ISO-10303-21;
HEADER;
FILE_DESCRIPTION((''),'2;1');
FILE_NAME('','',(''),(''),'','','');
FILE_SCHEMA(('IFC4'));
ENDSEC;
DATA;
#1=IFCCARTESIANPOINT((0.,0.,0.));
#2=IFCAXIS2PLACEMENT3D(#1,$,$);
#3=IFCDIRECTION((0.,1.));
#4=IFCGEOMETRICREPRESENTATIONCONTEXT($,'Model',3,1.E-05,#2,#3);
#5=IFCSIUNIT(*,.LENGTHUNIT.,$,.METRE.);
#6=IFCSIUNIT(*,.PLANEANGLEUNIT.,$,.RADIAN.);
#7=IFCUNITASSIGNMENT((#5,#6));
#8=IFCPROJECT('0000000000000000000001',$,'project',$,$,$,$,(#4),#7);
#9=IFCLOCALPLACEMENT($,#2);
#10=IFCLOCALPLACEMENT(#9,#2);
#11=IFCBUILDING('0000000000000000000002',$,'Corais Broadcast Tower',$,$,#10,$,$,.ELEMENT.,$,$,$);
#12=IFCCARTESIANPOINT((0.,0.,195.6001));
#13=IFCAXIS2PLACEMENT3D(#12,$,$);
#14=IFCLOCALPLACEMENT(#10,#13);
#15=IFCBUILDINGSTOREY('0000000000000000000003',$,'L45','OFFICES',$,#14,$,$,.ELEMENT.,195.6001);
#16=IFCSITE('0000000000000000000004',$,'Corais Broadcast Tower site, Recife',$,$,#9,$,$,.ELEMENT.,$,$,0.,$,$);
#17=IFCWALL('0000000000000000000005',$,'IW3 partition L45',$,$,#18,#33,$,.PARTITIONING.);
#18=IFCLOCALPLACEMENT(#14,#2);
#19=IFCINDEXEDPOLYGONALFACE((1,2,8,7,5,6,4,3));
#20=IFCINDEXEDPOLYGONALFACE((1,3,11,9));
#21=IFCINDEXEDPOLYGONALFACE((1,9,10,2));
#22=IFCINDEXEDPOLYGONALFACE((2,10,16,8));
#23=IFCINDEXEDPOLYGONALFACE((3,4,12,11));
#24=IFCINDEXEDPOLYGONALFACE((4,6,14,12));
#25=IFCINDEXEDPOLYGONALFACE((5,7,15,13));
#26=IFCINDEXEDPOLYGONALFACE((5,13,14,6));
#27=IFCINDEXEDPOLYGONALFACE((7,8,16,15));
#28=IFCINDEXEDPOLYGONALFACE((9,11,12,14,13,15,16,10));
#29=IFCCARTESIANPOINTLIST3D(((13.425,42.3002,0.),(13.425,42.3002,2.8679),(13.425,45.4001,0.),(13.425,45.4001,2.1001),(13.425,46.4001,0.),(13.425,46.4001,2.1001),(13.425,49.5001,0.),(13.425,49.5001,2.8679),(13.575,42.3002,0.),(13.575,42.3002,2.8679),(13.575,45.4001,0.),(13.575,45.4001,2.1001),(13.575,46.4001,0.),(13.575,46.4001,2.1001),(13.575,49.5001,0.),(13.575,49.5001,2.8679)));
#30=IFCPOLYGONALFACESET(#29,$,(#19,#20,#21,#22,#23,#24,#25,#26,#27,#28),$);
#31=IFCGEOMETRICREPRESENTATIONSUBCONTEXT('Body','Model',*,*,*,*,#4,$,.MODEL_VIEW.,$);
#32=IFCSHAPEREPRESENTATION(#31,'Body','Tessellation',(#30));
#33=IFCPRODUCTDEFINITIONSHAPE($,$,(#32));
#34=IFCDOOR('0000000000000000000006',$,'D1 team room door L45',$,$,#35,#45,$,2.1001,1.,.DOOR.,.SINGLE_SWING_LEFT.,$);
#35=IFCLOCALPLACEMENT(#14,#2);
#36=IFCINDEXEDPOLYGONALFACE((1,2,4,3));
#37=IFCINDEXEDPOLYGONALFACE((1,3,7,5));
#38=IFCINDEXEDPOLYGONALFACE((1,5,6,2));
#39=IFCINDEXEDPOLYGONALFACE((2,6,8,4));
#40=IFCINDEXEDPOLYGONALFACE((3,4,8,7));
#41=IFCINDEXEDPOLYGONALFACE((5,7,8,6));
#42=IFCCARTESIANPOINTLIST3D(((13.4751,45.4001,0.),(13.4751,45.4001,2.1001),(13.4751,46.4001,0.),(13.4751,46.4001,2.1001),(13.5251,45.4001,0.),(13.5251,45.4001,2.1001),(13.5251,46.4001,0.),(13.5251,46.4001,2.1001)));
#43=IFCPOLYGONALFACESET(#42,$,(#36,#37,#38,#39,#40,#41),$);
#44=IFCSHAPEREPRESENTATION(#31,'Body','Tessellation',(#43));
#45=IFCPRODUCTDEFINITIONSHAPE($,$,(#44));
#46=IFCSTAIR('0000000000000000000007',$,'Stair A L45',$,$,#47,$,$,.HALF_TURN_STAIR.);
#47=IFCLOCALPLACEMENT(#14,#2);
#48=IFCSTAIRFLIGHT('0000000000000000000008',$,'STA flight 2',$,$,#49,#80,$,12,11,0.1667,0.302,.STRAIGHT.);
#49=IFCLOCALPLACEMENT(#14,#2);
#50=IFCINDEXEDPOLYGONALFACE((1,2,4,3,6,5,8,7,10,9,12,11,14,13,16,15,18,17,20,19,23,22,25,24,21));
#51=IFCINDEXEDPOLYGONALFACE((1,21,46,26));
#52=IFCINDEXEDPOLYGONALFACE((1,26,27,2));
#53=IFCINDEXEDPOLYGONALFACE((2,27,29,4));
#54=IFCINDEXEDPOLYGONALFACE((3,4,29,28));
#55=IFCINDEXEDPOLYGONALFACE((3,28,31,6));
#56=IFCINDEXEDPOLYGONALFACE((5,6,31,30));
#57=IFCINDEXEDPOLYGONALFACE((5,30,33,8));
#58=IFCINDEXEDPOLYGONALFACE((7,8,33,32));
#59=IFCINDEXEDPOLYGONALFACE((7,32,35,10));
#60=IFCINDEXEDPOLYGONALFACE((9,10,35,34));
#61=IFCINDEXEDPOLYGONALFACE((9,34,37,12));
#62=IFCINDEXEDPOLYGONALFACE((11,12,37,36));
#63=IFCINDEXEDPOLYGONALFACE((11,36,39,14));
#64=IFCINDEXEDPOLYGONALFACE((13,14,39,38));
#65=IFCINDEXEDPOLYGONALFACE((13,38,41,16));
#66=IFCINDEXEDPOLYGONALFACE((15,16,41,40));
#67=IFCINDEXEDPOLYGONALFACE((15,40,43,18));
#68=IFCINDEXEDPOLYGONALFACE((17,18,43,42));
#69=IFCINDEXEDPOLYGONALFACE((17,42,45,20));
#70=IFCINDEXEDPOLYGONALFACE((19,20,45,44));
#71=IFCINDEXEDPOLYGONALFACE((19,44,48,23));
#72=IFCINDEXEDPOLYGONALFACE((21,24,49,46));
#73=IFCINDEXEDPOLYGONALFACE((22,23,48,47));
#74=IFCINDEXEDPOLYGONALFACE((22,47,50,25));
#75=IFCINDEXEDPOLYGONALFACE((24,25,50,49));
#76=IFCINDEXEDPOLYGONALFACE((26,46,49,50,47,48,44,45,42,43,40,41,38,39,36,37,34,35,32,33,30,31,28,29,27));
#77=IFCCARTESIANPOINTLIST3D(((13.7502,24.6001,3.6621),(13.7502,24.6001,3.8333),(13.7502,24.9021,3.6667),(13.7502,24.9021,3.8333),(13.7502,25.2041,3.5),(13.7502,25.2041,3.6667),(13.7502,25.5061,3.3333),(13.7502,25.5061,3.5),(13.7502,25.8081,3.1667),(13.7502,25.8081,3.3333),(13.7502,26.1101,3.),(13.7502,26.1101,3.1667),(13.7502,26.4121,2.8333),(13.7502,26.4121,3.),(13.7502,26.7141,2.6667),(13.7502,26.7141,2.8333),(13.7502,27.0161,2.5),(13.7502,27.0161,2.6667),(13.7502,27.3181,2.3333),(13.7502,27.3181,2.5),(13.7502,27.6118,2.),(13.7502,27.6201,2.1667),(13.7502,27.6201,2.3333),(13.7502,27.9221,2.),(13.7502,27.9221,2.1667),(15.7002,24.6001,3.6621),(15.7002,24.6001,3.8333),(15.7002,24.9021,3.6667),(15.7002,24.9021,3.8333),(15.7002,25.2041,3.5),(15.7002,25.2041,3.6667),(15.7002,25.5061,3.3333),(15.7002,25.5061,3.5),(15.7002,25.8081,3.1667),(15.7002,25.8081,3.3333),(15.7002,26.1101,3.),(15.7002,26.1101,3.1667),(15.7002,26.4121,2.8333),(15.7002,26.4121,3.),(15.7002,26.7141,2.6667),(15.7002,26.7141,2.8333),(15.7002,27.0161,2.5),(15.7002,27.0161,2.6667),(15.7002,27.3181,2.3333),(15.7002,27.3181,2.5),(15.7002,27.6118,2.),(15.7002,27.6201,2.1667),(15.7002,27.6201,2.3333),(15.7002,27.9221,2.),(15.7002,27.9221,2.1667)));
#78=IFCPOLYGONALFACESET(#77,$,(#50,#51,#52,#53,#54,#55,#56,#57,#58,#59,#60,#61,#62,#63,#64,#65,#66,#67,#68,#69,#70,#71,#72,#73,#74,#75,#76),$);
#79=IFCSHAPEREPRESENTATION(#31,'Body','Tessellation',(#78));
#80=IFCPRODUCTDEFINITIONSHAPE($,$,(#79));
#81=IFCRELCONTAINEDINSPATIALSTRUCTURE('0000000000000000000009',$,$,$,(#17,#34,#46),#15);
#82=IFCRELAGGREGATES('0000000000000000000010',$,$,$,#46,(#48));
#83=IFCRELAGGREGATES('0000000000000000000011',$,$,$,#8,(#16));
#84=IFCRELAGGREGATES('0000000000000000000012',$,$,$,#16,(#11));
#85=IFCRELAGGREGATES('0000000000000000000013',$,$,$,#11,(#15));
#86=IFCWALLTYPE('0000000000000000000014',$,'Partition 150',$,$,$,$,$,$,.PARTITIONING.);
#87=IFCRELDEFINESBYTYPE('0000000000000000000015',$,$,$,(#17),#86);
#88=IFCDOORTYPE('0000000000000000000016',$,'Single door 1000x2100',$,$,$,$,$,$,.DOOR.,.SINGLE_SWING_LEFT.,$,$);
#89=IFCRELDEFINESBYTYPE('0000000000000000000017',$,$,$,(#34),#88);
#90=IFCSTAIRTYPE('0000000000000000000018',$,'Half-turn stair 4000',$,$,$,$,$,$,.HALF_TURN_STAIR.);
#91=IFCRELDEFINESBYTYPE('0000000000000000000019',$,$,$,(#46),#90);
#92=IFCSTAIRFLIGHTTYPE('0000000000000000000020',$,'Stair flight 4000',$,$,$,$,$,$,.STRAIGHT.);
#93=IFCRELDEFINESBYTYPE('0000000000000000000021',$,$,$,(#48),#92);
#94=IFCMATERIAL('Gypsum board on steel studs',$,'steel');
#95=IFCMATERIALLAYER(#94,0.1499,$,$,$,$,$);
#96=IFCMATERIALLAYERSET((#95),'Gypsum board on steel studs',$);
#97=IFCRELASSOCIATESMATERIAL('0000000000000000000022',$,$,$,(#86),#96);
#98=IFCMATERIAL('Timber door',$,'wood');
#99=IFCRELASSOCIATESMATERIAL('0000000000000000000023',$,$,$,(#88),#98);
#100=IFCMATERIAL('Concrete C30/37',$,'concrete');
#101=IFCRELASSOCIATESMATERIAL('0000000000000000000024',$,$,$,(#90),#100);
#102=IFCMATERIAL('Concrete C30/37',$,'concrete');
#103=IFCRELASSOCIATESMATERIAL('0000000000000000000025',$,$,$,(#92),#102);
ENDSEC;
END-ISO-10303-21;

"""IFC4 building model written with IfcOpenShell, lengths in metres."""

from ifc_helpers import new_model, si_unit, direction, frame, frame_2d, origin, place, context, subcontext, project, spatial, polyline, rectangle, outline, extrude, material, layer, layer_set, type_object, element, fill, aggregate, save


model = new_model("IFC4")

# Units and contexts
model_context = context("Model", 3, precision=1e-05, world=origin(), true_north=direction((0.0, 1.0)))
body_context = subcontext(model_context, "Body", "Model", "MODEL_VIEW")
ifc_project = project(units=[si_unit("LENGTHUNIT", "METRE"), si_unit("PLANEANGLEUNIT", "RADIAN")], contexts=[model_context])

# Site, building, storey
site_placement = place(None, origin())
site = spatial("IfcSite", under=ifc_project, at=site_placement, Name="Corais Broadcast Tower site, Recife", CompositionType="ELEMENT", RefElevation=0.0)
building_placement = place(site_placement, origin())
building = spatial("IfcBuilding", under=site, at=building_placement, Name="Corais Broadcast Tower", CompositionType="ELEMENT")
storey_placement = place(building_placement, frame((0.0, 0.0, 195.6001)))
storey = spatial("IfcBuildingStorey", under=building, at=storey_placement, Name="L45", Description="OFFICES", CompositionType="ELEMENT", Elevation=195.6001)

# Shared definitions
ifc_material_1 = material(Name="Gypsum board on steel studs", Category="steel")
ifc_layer_1 = layer(ifc_material_1, 0.1499)
ifc_layer_set_1 = layer_set([ifc_layer_1], Name="Gypsum board on steel studs")
wall_type_1 = type_object("IfcWallType", Name="Partition 150", PredefinedType="PARTITIONING", material=ifc_layer_set_1)
ifc_material_2 = material(Name="Timber door", Category="wood")
door_type_1 = type_object("IfcDoorType", Name="Single door 1000x2100", OperationType="SINGLE_SWING_LEFT", PredefinedType="DOOR", material=ifc_material_2)

# Wall, opening, door
wall_1_placement = place(storey_placement, frame((13.5, 42.3, 0.0), z_axis=(0.0, 0.0, 1.0), x_axis=(0.0, 1.0, 0.0)))
wall_1 = element("IfcWall", 1, at=wall_1_placement, inside=storey, type_object=wall_type_1, Name="IW3 partition L45", PredefinedType="PARTITIONING", context=body_context, shape_type="SweptSolid", body=[
    extrude(rectangle(XDim=7.2, YDim=0.1499, at=frame_2d((3.6001, 0.0))), origin(), (0.0, 0.0, 1.0), 2.8679),
])
opening_1_placement = place(wall_1_placement, frame((3.1001, 0.0, 0.0)))
opening_1 = element("IfcOpeningElement", 2, at=opening_1_placement, cuts=wall_1, PredefinedType="OPENING", context=body_context, shape_type="SweptSolid", body=[
    extrude(rectangle(XDim=1.0, YDim=2.1001, at=frame_2d((0.5, 1.05))), frame((0.0, 0.085, 0.0), z_axis=(0.0, -1.0, 0.0), x_axis=(1.0, 0.0, 0.0)), (0.0, 0.0, 1.0), 0.1699),
])
door_1_placement = place(opening_1_placement, origin())
door_1 = element("IfcDoor", 3, at=door_1_placement, inside=storey, type_object=door_type_1, Name="D1 team room door L45", OperationType="SINGLE_SWING_LEFT", OverallHeight=2.1001, OverallWidth=1.0, PredefinedType="DOOR", context=body_context, shape_type="SweptSolid", body=[
    extrude(rectangle(XDim=1.0, YDim=2.1001, at=frame_2d((0.5, 1.05))), frame((0.0, 0.0249, 0.0), z_axis=(0.0, -1.0, 0.0), x_axis=(1.0, 0.0, 0.0)), (0.0, 0.0, 1.0), 0.05),
])
fill(opening_1, door_1)

# Stair, stair flight
ifc_material_3 = material(Name="Concrete C30/37", Category="concrete")
stair_type = type_object("IfcStairType", Name="Half-turn stair 4000", PredefinedType="HALF_TURN_STAIR", material=ifc_material_3)
stair_placement = place(storey_placement, origin())
stair = element("IfcStair", 4, at=stair_placement, inside=storey, type_object=stair_type, Name="Stair A L45", PredefinedType="HALF_TURN_STAIR")
ifc_material_4 = material(Name="Concrete C30/37", Category="concrete")
stair_flight_type = type_object("IfcStairFlightType", Name="Stair flight 4000", PredefinedType="STRAIGHT", material=ifc_material_4)
stair_flight_placement = place(storey_placement, frame((14.7251, 27.9221, 2.0), z_axis=(0.0, 0.0, 1.0), x_axis=(0.0, -1.0, 0.0)))
stair_flight = element("IfcStairFlight", 5, at=stair_flight_placement, type_object=stair_flight_type, Name="STA flight 2", NumberOfRisers=12, NumberOfTreads=11, PredefinedType="STRAIGHT", RiserHeight=0.1667, TreadLength=0.302, context=body_context, shape_type="SweptSolid", body=[
    extrude(outline(polyline([(0.0, 0.0), (0.0, 0.1667), (0.302, 0.1667), (0.302, 0.3333), (0.604, 0.3333), (0.604, 0.5), (0.906, 0.5), (0.906, 0.6667), (1.208, 0.6667), (1.208, 0.8333), (1.51, 0.8333), (1.51, 1.0), (1.812, 1.0), (1.812, 1.1667), (2.114, 1.1667), (2.114, 1.3333), (2.416, 1.3333), (2.416, 1.5), (2.718, 1.5), (2.718, 1.6667), (3.02, 1.6667), (3.02, 1.8333), (3.322, 1.8333), (3.322, 2.0), (3.322, 1.6621), (0.3103, 0.0), (0.0, 0.0)])), frame((0.0, 0.9751, 0.0), z_axis=(0.0, -1.0, 0.0), x_axis=(1.0, 0.0, 0.0)), (0.0, 0.0, 1.0), 1.95),
])
aggregate(stair, [stair_flight])

save(model, "model.ifc")
